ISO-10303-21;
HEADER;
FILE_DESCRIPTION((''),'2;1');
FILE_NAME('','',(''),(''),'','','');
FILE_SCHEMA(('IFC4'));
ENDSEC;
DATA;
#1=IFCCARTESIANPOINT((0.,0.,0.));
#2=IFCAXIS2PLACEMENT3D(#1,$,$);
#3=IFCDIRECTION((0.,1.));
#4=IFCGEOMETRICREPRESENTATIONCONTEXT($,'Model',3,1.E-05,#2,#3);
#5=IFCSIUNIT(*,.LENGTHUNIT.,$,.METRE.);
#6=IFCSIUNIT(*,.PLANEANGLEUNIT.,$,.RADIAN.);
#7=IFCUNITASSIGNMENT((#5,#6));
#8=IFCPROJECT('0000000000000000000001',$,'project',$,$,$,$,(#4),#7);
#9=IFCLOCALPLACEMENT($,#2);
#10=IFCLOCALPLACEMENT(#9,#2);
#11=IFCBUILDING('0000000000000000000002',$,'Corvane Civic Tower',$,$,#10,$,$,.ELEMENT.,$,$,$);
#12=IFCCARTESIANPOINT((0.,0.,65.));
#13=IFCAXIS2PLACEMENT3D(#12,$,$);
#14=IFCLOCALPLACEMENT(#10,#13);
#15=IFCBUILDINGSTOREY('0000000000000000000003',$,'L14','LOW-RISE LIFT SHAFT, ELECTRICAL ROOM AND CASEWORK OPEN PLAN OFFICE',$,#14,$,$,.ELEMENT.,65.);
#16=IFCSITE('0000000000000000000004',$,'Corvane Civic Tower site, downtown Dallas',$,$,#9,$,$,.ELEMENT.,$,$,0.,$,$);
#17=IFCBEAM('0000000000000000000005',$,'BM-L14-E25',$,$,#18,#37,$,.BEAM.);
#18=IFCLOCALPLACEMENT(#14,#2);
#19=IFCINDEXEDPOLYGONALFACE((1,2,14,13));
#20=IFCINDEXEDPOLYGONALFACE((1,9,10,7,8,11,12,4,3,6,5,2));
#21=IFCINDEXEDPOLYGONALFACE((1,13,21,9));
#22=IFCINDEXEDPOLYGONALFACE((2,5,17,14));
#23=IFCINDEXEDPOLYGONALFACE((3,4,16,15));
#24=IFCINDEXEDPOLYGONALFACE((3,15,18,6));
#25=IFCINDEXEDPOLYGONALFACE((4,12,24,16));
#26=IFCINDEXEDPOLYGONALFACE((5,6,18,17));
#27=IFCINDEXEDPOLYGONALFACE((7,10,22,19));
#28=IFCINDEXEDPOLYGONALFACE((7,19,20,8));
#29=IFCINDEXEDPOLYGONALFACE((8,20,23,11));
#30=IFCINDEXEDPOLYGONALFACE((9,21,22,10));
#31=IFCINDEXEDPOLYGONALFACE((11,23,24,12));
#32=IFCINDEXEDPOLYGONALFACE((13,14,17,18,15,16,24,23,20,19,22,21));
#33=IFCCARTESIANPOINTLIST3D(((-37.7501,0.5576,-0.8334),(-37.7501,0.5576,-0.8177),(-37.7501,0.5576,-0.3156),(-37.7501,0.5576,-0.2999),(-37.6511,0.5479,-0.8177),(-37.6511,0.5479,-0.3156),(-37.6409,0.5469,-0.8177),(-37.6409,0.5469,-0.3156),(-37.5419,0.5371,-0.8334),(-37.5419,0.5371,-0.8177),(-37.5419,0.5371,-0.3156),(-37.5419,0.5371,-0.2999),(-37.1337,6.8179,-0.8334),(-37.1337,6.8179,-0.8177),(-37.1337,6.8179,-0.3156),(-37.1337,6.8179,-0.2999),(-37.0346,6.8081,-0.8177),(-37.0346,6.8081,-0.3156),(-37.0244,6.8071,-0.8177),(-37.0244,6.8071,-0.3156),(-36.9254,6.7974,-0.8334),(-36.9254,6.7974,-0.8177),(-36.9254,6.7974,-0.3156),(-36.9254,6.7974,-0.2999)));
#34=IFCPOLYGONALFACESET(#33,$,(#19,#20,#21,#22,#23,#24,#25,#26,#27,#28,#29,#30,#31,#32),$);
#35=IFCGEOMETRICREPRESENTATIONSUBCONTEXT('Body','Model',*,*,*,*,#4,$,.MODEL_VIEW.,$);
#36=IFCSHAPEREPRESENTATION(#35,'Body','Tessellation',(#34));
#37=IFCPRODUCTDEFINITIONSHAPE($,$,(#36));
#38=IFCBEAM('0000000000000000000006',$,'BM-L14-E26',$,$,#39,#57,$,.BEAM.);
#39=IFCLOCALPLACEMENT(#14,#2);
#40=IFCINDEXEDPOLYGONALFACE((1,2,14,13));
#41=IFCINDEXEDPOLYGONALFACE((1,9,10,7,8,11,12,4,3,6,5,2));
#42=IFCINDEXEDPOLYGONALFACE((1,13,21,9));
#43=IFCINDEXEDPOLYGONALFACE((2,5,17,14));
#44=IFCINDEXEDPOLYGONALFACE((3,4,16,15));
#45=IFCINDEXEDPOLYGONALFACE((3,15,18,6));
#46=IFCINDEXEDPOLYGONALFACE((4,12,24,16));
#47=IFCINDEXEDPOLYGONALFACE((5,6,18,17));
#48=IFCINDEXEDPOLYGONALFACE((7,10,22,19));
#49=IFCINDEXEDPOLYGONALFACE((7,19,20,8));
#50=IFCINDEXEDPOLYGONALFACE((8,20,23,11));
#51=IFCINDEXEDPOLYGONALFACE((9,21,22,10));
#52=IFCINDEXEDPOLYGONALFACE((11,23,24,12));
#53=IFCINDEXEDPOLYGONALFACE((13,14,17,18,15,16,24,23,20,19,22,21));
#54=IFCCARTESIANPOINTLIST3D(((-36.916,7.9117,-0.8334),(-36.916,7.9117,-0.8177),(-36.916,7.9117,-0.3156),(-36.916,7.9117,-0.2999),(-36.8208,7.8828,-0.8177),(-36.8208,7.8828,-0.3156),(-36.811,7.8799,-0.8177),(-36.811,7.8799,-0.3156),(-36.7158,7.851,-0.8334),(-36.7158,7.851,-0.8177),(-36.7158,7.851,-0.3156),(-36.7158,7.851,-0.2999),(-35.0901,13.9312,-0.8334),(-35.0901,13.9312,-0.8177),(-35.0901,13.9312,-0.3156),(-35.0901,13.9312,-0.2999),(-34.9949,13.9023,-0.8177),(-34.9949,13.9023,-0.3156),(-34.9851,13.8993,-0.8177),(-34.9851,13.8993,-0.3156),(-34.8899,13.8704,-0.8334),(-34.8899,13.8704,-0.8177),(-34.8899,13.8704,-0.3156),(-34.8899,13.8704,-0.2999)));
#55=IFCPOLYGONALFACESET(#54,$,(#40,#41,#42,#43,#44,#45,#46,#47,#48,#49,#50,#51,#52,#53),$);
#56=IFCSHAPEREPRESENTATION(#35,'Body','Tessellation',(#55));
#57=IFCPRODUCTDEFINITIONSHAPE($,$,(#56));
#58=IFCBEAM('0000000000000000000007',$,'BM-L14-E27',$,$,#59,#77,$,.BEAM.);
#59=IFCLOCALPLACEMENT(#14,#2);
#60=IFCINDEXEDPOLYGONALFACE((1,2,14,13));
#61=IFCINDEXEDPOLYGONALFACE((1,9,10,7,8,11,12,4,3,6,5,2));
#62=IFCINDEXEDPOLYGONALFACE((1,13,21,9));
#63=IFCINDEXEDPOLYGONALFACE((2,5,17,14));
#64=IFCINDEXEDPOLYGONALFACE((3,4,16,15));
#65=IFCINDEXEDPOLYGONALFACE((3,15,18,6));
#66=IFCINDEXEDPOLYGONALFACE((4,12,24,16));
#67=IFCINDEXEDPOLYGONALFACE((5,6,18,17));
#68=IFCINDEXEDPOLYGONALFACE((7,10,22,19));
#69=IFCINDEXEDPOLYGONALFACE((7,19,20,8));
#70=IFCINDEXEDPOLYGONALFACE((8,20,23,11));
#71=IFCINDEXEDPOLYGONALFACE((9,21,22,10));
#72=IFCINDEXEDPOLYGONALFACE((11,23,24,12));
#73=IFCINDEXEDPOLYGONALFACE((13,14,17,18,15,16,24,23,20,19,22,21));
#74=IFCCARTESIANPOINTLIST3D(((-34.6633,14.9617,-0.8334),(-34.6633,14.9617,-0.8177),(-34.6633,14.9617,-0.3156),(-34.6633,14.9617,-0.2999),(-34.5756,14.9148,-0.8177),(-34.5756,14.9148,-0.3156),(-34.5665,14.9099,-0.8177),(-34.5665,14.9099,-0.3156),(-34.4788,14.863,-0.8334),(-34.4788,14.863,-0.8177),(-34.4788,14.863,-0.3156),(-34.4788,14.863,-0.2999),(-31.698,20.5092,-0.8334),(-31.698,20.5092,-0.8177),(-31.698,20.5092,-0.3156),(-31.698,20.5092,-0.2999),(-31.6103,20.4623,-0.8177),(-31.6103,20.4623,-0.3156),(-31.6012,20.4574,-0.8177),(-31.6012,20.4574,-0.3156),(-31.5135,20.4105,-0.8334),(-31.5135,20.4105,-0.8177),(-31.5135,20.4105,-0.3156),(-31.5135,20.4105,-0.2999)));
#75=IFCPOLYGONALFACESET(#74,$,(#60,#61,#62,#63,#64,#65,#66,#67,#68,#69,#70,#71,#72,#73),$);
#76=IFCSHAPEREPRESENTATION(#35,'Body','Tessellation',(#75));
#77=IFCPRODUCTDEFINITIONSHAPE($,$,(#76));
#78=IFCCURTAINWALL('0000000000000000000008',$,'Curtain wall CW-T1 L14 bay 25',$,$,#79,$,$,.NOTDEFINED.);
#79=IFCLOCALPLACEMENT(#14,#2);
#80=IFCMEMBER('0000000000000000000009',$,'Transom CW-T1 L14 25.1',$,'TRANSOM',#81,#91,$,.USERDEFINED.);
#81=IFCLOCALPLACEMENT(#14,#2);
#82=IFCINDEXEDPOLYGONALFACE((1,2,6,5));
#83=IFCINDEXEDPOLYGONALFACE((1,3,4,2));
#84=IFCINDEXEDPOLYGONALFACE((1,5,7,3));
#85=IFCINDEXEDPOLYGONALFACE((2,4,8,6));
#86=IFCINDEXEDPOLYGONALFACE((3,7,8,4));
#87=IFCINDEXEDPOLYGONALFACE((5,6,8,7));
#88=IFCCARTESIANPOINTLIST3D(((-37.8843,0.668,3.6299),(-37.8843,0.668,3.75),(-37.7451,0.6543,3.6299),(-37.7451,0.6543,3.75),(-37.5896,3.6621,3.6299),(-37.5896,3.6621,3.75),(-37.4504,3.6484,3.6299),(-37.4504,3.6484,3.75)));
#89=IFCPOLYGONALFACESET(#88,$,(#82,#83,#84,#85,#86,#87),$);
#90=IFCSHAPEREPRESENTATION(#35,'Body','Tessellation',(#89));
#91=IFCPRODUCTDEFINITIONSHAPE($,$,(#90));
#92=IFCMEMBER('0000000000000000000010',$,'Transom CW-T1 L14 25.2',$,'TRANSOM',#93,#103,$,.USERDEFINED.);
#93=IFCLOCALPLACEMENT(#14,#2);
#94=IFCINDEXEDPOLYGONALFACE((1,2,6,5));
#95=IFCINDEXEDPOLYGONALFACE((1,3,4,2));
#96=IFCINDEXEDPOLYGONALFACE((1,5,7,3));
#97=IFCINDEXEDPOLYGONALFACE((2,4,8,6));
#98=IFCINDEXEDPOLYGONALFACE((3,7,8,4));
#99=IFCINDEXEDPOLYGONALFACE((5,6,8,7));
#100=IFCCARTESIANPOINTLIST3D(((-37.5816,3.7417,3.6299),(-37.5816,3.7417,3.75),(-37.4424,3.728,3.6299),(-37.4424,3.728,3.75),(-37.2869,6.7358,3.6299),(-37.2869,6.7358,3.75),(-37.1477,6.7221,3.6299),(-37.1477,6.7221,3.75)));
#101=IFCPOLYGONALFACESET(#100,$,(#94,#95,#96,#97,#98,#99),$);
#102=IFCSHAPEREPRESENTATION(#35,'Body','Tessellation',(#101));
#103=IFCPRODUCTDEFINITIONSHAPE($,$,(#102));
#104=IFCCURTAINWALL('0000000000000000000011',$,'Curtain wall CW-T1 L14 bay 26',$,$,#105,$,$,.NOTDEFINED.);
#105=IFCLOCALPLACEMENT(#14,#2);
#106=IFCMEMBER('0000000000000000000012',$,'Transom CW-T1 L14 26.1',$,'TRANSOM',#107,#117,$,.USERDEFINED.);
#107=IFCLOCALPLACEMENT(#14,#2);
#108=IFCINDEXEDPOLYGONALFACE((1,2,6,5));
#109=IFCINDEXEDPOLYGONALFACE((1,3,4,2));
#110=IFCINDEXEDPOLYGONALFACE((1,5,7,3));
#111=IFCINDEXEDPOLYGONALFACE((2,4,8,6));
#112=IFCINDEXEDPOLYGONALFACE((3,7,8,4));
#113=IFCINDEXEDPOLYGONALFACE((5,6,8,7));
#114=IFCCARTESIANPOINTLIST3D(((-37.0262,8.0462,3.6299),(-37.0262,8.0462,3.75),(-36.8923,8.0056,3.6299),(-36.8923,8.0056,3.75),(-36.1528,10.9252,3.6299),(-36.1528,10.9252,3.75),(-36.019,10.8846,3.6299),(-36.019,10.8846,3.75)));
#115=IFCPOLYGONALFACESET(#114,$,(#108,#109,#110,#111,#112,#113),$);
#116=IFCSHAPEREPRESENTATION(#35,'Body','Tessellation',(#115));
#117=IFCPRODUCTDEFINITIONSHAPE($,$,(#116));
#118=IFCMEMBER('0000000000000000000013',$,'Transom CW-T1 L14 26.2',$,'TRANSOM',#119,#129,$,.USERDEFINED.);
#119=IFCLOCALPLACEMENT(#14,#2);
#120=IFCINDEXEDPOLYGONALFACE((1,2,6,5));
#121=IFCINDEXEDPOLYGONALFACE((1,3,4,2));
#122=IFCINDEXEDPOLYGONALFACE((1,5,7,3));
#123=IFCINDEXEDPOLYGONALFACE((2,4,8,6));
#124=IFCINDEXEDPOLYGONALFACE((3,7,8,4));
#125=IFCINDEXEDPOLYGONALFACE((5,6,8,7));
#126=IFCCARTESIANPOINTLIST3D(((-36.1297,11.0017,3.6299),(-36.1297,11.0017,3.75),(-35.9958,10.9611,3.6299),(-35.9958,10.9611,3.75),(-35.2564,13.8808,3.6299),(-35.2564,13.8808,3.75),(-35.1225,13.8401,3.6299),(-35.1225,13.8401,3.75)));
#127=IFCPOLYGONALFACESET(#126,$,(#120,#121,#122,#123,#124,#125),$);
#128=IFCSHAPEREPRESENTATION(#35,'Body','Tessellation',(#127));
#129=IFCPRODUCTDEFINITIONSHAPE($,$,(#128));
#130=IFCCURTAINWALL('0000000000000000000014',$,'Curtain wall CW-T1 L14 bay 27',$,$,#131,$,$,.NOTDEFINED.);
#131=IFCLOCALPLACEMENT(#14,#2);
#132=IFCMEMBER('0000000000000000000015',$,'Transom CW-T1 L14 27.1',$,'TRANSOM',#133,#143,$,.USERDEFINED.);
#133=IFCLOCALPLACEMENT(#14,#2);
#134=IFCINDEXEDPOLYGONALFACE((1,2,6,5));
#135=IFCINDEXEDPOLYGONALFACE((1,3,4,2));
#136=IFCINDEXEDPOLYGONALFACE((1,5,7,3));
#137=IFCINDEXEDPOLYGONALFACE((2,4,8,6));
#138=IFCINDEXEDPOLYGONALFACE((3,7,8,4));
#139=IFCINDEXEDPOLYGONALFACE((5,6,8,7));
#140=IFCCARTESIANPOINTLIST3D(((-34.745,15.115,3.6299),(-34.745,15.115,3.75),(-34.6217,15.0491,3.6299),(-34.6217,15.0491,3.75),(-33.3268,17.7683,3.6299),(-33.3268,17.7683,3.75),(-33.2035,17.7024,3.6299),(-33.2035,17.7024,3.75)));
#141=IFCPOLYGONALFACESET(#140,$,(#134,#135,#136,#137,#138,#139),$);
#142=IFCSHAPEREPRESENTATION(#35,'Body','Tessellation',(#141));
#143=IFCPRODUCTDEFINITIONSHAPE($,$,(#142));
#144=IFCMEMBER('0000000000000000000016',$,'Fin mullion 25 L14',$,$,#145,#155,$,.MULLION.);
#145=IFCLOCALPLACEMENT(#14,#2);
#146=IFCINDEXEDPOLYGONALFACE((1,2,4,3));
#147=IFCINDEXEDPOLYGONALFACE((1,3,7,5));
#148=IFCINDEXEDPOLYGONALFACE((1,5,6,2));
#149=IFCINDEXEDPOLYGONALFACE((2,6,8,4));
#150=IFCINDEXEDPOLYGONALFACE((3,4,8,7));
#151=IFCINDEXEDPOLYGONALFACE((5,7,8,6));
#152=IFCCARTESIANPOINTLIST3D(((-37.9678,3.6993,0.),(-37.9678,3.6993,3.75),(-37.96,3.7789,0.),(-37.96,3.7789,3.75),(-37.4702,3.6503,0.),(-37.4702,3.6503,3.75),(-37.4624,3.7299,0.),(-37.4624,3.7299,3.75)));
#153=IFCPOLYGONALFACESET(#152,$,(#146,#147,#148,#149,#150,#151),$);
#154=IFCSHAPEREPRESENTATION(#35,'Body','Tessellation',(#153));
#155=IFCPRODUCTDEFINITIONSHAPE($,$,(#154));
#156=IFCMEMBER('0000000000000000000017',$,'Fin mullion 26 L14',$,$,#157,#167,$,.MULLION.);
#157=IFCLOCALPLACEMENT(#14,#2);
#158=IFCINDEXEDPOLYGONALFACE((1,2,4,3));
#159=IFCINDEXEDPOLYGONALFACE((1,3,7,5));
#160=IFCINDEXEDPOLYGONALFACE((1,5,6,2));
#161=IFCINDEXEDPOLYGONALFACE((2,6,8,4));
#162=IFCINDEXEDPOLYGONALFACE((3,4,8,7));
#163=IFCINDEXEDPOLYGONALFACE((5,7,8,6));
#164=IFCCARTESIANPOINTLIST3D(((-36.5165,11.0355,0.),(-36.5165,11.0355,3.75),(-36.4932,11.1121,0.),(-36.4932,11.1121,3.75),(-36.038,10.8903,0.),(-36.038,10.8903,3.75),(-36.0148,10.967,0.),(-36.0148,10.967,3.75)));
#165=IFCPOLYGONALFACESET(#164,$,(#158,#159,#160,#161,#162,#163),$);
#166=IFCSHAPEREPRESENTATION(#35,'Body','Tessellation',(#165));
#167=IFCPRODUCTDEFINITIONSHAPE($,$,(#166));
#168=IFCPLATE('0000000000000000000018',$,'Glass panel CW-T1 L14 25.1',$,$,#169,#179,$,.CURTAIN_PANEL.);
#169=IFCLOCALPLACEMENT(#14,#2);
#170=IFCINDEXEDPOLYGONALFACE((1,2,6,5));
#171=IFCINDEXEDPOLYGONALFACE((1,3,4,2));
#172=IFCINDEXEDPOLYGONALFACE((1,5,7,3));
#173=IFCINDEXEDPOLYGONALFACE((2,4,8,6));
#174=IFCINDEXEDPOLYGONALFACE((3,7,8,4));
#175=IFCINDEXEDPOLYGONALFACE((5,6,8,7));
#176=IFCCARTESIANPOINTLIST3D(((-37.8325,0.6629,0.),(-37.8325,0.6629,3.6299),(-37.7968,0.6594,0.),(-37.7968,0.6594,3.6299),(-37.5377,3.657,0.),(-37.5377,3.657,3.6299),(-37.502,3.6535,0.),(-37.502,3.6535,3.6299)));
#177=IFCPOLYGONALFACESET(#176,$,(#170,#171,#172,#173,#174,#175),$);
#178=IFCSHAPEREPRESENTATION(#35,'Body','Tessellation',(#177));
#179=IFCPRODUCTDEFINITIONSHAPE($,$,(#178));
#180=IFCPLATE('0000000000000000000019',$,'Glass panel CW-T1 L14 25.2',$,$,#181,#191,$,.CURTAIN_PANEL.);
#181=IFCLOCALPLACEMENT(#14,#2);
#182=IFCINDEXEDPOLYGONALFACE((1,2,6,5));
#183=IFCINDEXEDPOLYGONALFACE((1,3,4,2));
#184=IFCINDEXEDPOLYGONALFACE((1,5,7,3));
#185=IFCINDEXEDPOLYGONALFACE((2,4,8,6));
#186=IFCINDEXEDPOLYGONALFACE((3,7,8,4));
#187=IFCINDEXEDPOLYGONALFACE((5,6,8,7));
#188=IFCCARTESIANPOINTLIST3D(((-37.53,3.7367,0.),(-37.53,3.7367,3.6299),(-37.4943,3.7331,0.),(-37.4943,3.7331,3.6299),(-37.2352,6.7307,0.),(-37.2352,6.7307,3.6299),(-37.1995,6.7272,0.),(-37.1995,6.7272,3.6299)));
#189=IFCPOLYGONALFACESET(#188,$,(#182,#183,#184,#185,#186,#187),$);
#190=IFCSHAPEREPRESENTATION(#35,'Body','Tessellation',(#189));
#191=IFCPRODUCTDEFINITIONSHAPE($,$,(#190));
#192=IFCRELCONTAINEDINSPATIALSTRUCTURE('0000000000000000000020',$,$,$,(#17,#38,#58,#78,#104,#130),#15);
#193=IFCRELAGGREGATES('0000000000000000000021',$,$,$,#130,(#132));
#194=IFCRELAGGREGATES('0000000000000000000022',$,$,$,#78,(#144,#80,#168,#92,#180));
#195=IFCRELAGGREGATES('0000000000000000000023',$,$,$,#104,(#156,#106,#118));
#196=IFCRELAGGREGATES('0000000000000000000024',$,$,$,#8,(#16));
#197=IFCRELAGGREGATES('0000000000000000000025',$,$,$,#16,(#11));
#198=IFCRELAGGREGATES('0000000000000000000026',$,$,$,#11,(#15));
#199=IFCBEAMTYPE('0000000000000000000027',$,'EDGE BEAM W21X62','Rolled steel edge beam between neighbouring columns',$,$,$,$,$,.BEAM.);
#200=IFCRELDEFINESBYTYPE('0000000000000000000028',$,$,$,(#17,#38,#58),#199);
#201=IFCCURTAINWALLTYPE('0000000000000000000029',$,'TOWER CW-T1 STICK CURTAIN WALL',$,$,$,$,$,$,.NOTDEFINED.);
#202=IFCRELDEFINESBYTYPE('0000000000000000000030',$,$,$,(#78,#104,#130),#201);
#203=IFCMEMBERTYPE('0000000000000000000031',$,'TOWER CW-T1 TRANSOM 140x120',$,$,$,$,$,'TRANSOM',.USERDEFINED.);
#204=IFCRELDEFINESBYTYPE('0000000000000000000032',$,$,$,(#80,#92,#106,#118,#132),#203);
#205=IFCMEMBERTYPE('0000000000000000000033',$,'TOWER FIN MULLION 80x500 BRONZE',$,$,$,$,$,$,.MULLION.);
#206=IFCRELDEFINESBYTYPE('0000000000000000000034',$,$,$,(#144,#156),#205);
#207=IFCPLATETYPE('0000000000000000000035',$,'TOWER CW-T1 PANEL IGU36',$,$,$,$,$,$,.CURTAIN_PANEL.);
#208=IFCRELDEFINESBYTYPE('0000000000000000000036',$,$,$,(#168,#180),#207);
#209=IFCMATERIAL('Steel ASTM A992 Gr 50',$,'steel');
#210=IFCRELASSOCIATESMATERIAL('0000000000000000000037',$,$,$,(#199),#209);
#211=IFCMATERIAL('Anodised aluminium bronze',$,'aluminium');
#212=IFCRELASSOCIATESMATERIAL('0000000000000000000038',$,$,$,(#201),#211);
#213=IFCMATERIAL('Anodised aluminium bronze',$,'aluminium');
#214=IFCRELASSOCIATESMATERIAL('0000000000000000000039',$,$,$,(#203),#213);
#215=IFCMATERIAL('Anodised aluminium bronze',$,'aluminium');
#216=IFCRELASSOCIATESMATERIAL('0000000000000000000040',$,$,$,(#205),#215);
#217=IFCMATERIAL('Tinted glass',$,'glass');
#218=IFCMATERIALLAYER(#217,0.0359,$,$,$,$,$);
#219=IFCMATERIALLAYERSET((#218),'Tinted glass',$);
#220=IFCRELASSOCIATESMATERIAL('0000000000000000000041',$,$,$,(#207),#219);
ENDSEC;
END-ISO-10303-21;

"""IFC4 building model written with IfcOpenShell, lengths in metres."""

from ifc_helpers import new_model, si_unit, direction, frame, origin, origin_2d, place, context, subcontext, project, spatial, rectangle, i_section, extrude, material, layer, layer_set, material_profile, profile_set, type_object, element, aggregate, save


model = new_model("IFC4")

# Units and contexts
model_context = context("Model", 3, precision=1e-05, world=origin(), true_north=direction((0.0, 1.0)))
body_context = subcontext(model_context, "Body", "Model", "MODEL_VIEW")
ifc_project = project(units=[si_unit("LENGTHUNIT", "METRE"), si_unit("PLANEANGLEUNIT", "RADIAN")], contexts=[model_context])

# Site, building, storey
site_placement = place(None, origin())
site = spatial("IfcSite", under=ifc_project, at=site_placement, Name="Corvane Civic Tower site, downtown Dallas", CompositionType="ELEMENT", RefElevation=0.0)
building_placement = place(site_placement, origin())
building = spatial("IfcBuilding", under=site, at=building_placement, Name="Corvane Civic Tower", CompositionType="ELEMENT")
storey_placement = place(building_placement, frame((0.0, 0.0, 65.0)))
storey = spatial("IfcBuildingStorey", under=building, at=storey_placement, Name="L14", Description="LOW-RISE LIFT SHAFT, ELECTRICAL ROOM AND CASEWORK OPEN PLAN OFFICE", CompositionType="ELEMENT", Elevation=65.0)

# Beams
ifc_material_1 = material(Name="Steel ASTM A992 Gr 50", Category="steel")
ifc_material_profile_1 = material_profile(ifc_material_1, i_section(OverallWidth=0.2092, OverallDepth=0.5334, WebThickness=0.0103, FlangeThickness=0.0156, at=origin_2d()), Name="W21X62")
ifc_profile_set_1 = profile_set([ifc_material_profile_1], Name="Steel ASTM A992 Gr 50")
beam_type = type_object("IfcBeamType", Name="EDGE BEAM W21X62", Description="Rolled steel edge beam between neighbouring columns", PredefinedType="BEAM", material=ifc_profile_set_1)
beam_placement = place(storey_placement, frame((-37.646, 0.5474, -0.5667), z_axis=(0.097997, 0.995187, 0.0), x_axis=(-0.995187, 0.097997, 0.0)))
element("IfcBeam", 1, at=beam_placement, inside=storey, type_object=beam_type, Name="BM-L14-E25", PredefinedType="BEAM", context=body_context, shape_type="SweptSolid", body=[
    extrude(i_section(OverallWidth=0.2092, OverallDepth=0.5334, WebThickness=0.0103, FlangeThickness=0.0156, at=origin_2d()), origin(), (0.0, 0.0, 1.0), 6.2905),
])
for number, where, z_axis, x_axis, name in (
    (2, (-36.8159, 7.8813, -0.5667), (0.290273, 0.956944, 0.0), (-0.956944, 0.290273, 0.0), "BM-L14-E26"),
    (3, (-34.571, 14.9124, -0.5667), (0.471406, 0.881916, 0.0), (-0.881916, 0.471406, 0.0), "BM-L14-E27"),
):
    element("IfcBeam", number, at=place(storey_placement, frame(where, z_axis=z_axis, x_axis=x_axis)), inside=storey, type_object=beam_type, Name=name, PredefinedType="BEAM", context=body_context, shape_type="SweptSolid", body=[
        extrude(i_section(OverallWidth=0.2092, OverallDepth=0.5334, WebThickness=0.0103, FlangeThickness=0.0156, at=origin_2d()), origin(), (0.0, 0.0, 1.0), 6.2903),
    ])

# Curtain walls, members
ifc_material_2 = material(Name="Anodised aluminium bronze", Category="aluminium")
curtain_wall_type = type_object("IfcCurtainWallType", Name="TOWER CW-T1 STICK CURTAIN WALL", PredefinedType="NOTDEFINED", material=ifc_material_2)
curtain_wall_1_placement = place(storey_placement, origin())
curtain_wall_1 = element("IfcCurtainWall", 4, at=curtain_wall_1_placement, inside=storey, type_object=curtain_wall_type, Name="Curtain wall CW-T1 L14 bay 25", PredefinedType="NOTDEFINED")
ifc_material_3 = material(Name="Anodised aluminium bronze", Category="aluminium")
ifc_material_profile_2 = material_profile(ifc_material_3, rectangle(XDim=0.1399, YDim=0.1201, at=origin_2d()), Name="TOWER CW-T1 TRANSOM 140x120")
ifc_profile_set_2 = profile_set([ifc_material_profile_2], Name="Anodised aluminium bronze")
member_type_1 = type_object("IfcMemberType", Name="TOWER CW-T1 TRANSOM 140x120", ElementType="TRANSOM", PredefinedType="USERDEFINED", material=ifc_profile_set_2)
member_1_placement = place(storey_placement, frame((-37.8147, 0.6611, 3.6899), z_axis=(0.097945, 0.995192, 0.0), x_axis=(-0.995192, 0.097945, 0.0)))
member_1 = element("IfcMember", 5, at=member_1_placement, type_object=member_type_1, Name="Transom CW-T1 L14 25.1", ObjectType="TRANSOM", PredefinedType="USERDEFINED", context=body_context, shape_type="SweptSolid", body=[
    extrude(rectangle(XDim=0.1399, YDim=0.1201, at=origin_2d()), origin(), (0.0, 0.0, 1.0), 3.0085),
])
member_2_placement = place(storey_placement, frame((-37.512, 3.7349, 3.6899), z_axis=(0.097945, 0.995192, 0.0), x_axis=(-0.995192, 0.097945, 0.0)))
member_2 = element("IfcMember", 6, at=member_2_placement, type_object=member_type_1, Name="Transom CW-T1 L14 25.2", ObjectType="TRANSOM", PredefinedType="USERDEFINED", context=body_context, shape_type="SweptSolid", body=[
    extrude(rectangle(XDim=0.1399, YDim=0.1201, at=origin_2d()), origin(), (0.0, 0.0, 1.0), 3.0085),
])
curtain_wall_2_placement = place(storey_placement, origin())
curtain_wall_2 = element("IfcCurtainWall", 7, at=curtain_wall_2_placement, inside=storey, type_object=curtain_wall_type, Name="Curtain wall CW-T1 L14 bay 26", PredefinedType="NOTDEFINED")
member_3_placement = place(storey_placement, frame((-36.9592, 8.0259, 3.6899), z_axis=(0.29028, 0.956942, 0.0), x_axis=(-0.956942, 0.29028, 0.0)))
member_3 = element("IfcMember", 8, at=member_3_placement, type_object=member_type_1, Name="Transom CW-T1 L14 26.1", ObjectType="TRANSOM", PredefinedType="USERDEFINED", context=body_context, shape_type="SweptSolid", body=[
    extrude(rectangle(XDim=0.1399, YDim=0.1201, at=origin_2d()), origin(), (0.0, 0.0, 1.0), 3.0085),
])
member_4_placement = place(storey_placement, frame((-36.0627, 10.9814, 3.6899), z_axis=(0.29028, 0.956942, 0.0), x_axis=(-0.956942, 0.29028, 0.0)))
member_4 = element("IfcMember", 9, at=member_4_placement, type_object=member_type_1, Name="Transom CW-T1 L14 26.2", ObjectType="TRANSOM", PredefinedType="USERDEFINED", context=body_context, shape_type="SweptSolid", body=[
    extrude(rectangle(XDim=0.1399, YDim=0.1201, at=origin_2d()), origin(), (0.0, 0.0, 1.0), 3.0085),
])

# Curtain wall, member
curtain_wall_3_placement = place(storey_placement, origin())
curtain_wall_3 = element("IfcCurtainWall", 10, at=curtain_wall_3_placement, inside=storey, type_object=curtain_wall_type, Name="Curtain wall CW-T1 L14 bay 27", PredefinedType="NOTDEFINED")
member_5_placement = place(storey_placement, frame((-34.6833, 15.082, 3.6899), z_axis=(0.471393, 0.881924, 0.0), x_axis=(-0.881924, 0.471393, 0.0)))
member_5 = element("IfcMember", 11, at=member_5_placement, type_object=member_type_1, Name="Transom CW-T1 L14 27.1", ObjectType="TRANSOM", PredefinedType="USERDEFINED", context=body_context, shape_type="SweptSolid", body=[
    extrude(rectangle(XDim=0.1399, YDim=0.1201, at=origin_2d()), origin(), (0.0, 0.0, 1.0), 3.0085),
])
aggregate(curtain_wall_3, [member_5])

# Members
ifc_material_4 = material(Name="Anodised aluminium bronze", Category="aluminium")
ifc_material_profile_3 = material_profile(ifc_material_4, rectangle(XDim=0.0801, YDim=0.5, at=origin_2d()), Name="TOWER FIN MULLION 80x500 BRONZE")
ifc_profile_set_3 = profile_set([ifc_material_profile_3], Name="Anodised aluminium bronze")
member_type_2 = type_object("IfcMemberType", Name="TOWER FIN MULLION 80x500 BRONZE", PredefinedType="MULLION", material=ifc_profile_set_3)
member_6_placement = place(storey_placement, frame((-37.7151, 3.7146, 0.0), z_axis=(0.0, 0.0, 1.0), x_axis=(0.098006, 0.995186, 0.0)))
member_6 = element("IfcMember", 12, at=member_6_placement, type_object=member_type_2, Name="Fin mullion 25 L14", PredefinedType="MULLION", context=body_context, shape_type="SweptSolid", body=[
    extrude(rectangle(XDim=0.0801, YDim=0.5, at=origin_2d()), origin(), (0.0, 0.0, 1.0), 3.75),
])
member_7_placement = place(storey_placement, frame((-36.2656, 11.0012, 0.0), z_axis=(0.0, 0.0, 1.0), x_axis=(0.290278, 0.956942, 0.0)))
member_7 = element("IfcMember", 13, at=member_7_placement, type_object=member_type_2, Name="Fin mullion 26 L14", PredefinedType="MULLION", context=body_context, shape_type="SweptSolid", body=[
    extrude(rectangle(XDim=0.0801, YDim=0.5, at=origin_2d()), origin(), (0.0, 0.0, 1.0), 3.75),
])

# Plates
ifc_material_5 = material(Name="Tinted glass", Category="glass")
ifc_layer_1 = layer(ifc_material_5, 0.0359)
ifc_layer_set_1 = layer_set([ifc_layer_1], Name="Tinted glass")
plate_type = type_object("IfcPlateType", Name="TOWER CW-T1 PANEL IGU36", PredefinedType="CURTAIN_PANEL", material=ifc_layer_set_1)
plate_1_placement = place(storey_placement, frame((-37.6672, 2.1582, 0.0), z_axis=(0.0, 0.0, 1.0), x_axis=(0.098006, 0.995186, 0.0)))
plate_1 = element("IfcPlate", 14, at=plate_1_placement, type_object=plate_type, Name="Glass panel CW-T1 L14 25.1", PredefinedType="CURTAIN_PANEL", context=body_context, shape_type="SweptSolid", body=[
    extrude(rectangle(XDim=3.0085, YDim=0.0359, at=origin_2d()), origin(), (0.0, 0.0, 1.0), 3.6299),
])
plate_2_placement = place(storey_placement, frame((-37.3647, 5.2319, 0.0), z_axis=(0.0, 0.0, 1.0), x_axis=(0.098006, 0.995186, 0.0)))
plate_2 = element("IfcPlate", 15, at=plate_2_placement, type_object=plate_type, Name="Glass panel CW-T1 L14 25.2", PredefinedType="CURTAIN_PANEL", context=body_context, shape_type="SweptSolid", body=[
    extrude(rectangle(XDim=3.0085, YDim=0.0359, at=origin_2d()), origin(), (0.0, 0.0, 1.0), 3.6299),
])
aggregate(curtain_wall_1, [member_6, member_1, plate_1, member_2, plate_2])
aggregate(curtain_wall_2, [member_7, member_3, member_4])

save(model, "model.ifc")
